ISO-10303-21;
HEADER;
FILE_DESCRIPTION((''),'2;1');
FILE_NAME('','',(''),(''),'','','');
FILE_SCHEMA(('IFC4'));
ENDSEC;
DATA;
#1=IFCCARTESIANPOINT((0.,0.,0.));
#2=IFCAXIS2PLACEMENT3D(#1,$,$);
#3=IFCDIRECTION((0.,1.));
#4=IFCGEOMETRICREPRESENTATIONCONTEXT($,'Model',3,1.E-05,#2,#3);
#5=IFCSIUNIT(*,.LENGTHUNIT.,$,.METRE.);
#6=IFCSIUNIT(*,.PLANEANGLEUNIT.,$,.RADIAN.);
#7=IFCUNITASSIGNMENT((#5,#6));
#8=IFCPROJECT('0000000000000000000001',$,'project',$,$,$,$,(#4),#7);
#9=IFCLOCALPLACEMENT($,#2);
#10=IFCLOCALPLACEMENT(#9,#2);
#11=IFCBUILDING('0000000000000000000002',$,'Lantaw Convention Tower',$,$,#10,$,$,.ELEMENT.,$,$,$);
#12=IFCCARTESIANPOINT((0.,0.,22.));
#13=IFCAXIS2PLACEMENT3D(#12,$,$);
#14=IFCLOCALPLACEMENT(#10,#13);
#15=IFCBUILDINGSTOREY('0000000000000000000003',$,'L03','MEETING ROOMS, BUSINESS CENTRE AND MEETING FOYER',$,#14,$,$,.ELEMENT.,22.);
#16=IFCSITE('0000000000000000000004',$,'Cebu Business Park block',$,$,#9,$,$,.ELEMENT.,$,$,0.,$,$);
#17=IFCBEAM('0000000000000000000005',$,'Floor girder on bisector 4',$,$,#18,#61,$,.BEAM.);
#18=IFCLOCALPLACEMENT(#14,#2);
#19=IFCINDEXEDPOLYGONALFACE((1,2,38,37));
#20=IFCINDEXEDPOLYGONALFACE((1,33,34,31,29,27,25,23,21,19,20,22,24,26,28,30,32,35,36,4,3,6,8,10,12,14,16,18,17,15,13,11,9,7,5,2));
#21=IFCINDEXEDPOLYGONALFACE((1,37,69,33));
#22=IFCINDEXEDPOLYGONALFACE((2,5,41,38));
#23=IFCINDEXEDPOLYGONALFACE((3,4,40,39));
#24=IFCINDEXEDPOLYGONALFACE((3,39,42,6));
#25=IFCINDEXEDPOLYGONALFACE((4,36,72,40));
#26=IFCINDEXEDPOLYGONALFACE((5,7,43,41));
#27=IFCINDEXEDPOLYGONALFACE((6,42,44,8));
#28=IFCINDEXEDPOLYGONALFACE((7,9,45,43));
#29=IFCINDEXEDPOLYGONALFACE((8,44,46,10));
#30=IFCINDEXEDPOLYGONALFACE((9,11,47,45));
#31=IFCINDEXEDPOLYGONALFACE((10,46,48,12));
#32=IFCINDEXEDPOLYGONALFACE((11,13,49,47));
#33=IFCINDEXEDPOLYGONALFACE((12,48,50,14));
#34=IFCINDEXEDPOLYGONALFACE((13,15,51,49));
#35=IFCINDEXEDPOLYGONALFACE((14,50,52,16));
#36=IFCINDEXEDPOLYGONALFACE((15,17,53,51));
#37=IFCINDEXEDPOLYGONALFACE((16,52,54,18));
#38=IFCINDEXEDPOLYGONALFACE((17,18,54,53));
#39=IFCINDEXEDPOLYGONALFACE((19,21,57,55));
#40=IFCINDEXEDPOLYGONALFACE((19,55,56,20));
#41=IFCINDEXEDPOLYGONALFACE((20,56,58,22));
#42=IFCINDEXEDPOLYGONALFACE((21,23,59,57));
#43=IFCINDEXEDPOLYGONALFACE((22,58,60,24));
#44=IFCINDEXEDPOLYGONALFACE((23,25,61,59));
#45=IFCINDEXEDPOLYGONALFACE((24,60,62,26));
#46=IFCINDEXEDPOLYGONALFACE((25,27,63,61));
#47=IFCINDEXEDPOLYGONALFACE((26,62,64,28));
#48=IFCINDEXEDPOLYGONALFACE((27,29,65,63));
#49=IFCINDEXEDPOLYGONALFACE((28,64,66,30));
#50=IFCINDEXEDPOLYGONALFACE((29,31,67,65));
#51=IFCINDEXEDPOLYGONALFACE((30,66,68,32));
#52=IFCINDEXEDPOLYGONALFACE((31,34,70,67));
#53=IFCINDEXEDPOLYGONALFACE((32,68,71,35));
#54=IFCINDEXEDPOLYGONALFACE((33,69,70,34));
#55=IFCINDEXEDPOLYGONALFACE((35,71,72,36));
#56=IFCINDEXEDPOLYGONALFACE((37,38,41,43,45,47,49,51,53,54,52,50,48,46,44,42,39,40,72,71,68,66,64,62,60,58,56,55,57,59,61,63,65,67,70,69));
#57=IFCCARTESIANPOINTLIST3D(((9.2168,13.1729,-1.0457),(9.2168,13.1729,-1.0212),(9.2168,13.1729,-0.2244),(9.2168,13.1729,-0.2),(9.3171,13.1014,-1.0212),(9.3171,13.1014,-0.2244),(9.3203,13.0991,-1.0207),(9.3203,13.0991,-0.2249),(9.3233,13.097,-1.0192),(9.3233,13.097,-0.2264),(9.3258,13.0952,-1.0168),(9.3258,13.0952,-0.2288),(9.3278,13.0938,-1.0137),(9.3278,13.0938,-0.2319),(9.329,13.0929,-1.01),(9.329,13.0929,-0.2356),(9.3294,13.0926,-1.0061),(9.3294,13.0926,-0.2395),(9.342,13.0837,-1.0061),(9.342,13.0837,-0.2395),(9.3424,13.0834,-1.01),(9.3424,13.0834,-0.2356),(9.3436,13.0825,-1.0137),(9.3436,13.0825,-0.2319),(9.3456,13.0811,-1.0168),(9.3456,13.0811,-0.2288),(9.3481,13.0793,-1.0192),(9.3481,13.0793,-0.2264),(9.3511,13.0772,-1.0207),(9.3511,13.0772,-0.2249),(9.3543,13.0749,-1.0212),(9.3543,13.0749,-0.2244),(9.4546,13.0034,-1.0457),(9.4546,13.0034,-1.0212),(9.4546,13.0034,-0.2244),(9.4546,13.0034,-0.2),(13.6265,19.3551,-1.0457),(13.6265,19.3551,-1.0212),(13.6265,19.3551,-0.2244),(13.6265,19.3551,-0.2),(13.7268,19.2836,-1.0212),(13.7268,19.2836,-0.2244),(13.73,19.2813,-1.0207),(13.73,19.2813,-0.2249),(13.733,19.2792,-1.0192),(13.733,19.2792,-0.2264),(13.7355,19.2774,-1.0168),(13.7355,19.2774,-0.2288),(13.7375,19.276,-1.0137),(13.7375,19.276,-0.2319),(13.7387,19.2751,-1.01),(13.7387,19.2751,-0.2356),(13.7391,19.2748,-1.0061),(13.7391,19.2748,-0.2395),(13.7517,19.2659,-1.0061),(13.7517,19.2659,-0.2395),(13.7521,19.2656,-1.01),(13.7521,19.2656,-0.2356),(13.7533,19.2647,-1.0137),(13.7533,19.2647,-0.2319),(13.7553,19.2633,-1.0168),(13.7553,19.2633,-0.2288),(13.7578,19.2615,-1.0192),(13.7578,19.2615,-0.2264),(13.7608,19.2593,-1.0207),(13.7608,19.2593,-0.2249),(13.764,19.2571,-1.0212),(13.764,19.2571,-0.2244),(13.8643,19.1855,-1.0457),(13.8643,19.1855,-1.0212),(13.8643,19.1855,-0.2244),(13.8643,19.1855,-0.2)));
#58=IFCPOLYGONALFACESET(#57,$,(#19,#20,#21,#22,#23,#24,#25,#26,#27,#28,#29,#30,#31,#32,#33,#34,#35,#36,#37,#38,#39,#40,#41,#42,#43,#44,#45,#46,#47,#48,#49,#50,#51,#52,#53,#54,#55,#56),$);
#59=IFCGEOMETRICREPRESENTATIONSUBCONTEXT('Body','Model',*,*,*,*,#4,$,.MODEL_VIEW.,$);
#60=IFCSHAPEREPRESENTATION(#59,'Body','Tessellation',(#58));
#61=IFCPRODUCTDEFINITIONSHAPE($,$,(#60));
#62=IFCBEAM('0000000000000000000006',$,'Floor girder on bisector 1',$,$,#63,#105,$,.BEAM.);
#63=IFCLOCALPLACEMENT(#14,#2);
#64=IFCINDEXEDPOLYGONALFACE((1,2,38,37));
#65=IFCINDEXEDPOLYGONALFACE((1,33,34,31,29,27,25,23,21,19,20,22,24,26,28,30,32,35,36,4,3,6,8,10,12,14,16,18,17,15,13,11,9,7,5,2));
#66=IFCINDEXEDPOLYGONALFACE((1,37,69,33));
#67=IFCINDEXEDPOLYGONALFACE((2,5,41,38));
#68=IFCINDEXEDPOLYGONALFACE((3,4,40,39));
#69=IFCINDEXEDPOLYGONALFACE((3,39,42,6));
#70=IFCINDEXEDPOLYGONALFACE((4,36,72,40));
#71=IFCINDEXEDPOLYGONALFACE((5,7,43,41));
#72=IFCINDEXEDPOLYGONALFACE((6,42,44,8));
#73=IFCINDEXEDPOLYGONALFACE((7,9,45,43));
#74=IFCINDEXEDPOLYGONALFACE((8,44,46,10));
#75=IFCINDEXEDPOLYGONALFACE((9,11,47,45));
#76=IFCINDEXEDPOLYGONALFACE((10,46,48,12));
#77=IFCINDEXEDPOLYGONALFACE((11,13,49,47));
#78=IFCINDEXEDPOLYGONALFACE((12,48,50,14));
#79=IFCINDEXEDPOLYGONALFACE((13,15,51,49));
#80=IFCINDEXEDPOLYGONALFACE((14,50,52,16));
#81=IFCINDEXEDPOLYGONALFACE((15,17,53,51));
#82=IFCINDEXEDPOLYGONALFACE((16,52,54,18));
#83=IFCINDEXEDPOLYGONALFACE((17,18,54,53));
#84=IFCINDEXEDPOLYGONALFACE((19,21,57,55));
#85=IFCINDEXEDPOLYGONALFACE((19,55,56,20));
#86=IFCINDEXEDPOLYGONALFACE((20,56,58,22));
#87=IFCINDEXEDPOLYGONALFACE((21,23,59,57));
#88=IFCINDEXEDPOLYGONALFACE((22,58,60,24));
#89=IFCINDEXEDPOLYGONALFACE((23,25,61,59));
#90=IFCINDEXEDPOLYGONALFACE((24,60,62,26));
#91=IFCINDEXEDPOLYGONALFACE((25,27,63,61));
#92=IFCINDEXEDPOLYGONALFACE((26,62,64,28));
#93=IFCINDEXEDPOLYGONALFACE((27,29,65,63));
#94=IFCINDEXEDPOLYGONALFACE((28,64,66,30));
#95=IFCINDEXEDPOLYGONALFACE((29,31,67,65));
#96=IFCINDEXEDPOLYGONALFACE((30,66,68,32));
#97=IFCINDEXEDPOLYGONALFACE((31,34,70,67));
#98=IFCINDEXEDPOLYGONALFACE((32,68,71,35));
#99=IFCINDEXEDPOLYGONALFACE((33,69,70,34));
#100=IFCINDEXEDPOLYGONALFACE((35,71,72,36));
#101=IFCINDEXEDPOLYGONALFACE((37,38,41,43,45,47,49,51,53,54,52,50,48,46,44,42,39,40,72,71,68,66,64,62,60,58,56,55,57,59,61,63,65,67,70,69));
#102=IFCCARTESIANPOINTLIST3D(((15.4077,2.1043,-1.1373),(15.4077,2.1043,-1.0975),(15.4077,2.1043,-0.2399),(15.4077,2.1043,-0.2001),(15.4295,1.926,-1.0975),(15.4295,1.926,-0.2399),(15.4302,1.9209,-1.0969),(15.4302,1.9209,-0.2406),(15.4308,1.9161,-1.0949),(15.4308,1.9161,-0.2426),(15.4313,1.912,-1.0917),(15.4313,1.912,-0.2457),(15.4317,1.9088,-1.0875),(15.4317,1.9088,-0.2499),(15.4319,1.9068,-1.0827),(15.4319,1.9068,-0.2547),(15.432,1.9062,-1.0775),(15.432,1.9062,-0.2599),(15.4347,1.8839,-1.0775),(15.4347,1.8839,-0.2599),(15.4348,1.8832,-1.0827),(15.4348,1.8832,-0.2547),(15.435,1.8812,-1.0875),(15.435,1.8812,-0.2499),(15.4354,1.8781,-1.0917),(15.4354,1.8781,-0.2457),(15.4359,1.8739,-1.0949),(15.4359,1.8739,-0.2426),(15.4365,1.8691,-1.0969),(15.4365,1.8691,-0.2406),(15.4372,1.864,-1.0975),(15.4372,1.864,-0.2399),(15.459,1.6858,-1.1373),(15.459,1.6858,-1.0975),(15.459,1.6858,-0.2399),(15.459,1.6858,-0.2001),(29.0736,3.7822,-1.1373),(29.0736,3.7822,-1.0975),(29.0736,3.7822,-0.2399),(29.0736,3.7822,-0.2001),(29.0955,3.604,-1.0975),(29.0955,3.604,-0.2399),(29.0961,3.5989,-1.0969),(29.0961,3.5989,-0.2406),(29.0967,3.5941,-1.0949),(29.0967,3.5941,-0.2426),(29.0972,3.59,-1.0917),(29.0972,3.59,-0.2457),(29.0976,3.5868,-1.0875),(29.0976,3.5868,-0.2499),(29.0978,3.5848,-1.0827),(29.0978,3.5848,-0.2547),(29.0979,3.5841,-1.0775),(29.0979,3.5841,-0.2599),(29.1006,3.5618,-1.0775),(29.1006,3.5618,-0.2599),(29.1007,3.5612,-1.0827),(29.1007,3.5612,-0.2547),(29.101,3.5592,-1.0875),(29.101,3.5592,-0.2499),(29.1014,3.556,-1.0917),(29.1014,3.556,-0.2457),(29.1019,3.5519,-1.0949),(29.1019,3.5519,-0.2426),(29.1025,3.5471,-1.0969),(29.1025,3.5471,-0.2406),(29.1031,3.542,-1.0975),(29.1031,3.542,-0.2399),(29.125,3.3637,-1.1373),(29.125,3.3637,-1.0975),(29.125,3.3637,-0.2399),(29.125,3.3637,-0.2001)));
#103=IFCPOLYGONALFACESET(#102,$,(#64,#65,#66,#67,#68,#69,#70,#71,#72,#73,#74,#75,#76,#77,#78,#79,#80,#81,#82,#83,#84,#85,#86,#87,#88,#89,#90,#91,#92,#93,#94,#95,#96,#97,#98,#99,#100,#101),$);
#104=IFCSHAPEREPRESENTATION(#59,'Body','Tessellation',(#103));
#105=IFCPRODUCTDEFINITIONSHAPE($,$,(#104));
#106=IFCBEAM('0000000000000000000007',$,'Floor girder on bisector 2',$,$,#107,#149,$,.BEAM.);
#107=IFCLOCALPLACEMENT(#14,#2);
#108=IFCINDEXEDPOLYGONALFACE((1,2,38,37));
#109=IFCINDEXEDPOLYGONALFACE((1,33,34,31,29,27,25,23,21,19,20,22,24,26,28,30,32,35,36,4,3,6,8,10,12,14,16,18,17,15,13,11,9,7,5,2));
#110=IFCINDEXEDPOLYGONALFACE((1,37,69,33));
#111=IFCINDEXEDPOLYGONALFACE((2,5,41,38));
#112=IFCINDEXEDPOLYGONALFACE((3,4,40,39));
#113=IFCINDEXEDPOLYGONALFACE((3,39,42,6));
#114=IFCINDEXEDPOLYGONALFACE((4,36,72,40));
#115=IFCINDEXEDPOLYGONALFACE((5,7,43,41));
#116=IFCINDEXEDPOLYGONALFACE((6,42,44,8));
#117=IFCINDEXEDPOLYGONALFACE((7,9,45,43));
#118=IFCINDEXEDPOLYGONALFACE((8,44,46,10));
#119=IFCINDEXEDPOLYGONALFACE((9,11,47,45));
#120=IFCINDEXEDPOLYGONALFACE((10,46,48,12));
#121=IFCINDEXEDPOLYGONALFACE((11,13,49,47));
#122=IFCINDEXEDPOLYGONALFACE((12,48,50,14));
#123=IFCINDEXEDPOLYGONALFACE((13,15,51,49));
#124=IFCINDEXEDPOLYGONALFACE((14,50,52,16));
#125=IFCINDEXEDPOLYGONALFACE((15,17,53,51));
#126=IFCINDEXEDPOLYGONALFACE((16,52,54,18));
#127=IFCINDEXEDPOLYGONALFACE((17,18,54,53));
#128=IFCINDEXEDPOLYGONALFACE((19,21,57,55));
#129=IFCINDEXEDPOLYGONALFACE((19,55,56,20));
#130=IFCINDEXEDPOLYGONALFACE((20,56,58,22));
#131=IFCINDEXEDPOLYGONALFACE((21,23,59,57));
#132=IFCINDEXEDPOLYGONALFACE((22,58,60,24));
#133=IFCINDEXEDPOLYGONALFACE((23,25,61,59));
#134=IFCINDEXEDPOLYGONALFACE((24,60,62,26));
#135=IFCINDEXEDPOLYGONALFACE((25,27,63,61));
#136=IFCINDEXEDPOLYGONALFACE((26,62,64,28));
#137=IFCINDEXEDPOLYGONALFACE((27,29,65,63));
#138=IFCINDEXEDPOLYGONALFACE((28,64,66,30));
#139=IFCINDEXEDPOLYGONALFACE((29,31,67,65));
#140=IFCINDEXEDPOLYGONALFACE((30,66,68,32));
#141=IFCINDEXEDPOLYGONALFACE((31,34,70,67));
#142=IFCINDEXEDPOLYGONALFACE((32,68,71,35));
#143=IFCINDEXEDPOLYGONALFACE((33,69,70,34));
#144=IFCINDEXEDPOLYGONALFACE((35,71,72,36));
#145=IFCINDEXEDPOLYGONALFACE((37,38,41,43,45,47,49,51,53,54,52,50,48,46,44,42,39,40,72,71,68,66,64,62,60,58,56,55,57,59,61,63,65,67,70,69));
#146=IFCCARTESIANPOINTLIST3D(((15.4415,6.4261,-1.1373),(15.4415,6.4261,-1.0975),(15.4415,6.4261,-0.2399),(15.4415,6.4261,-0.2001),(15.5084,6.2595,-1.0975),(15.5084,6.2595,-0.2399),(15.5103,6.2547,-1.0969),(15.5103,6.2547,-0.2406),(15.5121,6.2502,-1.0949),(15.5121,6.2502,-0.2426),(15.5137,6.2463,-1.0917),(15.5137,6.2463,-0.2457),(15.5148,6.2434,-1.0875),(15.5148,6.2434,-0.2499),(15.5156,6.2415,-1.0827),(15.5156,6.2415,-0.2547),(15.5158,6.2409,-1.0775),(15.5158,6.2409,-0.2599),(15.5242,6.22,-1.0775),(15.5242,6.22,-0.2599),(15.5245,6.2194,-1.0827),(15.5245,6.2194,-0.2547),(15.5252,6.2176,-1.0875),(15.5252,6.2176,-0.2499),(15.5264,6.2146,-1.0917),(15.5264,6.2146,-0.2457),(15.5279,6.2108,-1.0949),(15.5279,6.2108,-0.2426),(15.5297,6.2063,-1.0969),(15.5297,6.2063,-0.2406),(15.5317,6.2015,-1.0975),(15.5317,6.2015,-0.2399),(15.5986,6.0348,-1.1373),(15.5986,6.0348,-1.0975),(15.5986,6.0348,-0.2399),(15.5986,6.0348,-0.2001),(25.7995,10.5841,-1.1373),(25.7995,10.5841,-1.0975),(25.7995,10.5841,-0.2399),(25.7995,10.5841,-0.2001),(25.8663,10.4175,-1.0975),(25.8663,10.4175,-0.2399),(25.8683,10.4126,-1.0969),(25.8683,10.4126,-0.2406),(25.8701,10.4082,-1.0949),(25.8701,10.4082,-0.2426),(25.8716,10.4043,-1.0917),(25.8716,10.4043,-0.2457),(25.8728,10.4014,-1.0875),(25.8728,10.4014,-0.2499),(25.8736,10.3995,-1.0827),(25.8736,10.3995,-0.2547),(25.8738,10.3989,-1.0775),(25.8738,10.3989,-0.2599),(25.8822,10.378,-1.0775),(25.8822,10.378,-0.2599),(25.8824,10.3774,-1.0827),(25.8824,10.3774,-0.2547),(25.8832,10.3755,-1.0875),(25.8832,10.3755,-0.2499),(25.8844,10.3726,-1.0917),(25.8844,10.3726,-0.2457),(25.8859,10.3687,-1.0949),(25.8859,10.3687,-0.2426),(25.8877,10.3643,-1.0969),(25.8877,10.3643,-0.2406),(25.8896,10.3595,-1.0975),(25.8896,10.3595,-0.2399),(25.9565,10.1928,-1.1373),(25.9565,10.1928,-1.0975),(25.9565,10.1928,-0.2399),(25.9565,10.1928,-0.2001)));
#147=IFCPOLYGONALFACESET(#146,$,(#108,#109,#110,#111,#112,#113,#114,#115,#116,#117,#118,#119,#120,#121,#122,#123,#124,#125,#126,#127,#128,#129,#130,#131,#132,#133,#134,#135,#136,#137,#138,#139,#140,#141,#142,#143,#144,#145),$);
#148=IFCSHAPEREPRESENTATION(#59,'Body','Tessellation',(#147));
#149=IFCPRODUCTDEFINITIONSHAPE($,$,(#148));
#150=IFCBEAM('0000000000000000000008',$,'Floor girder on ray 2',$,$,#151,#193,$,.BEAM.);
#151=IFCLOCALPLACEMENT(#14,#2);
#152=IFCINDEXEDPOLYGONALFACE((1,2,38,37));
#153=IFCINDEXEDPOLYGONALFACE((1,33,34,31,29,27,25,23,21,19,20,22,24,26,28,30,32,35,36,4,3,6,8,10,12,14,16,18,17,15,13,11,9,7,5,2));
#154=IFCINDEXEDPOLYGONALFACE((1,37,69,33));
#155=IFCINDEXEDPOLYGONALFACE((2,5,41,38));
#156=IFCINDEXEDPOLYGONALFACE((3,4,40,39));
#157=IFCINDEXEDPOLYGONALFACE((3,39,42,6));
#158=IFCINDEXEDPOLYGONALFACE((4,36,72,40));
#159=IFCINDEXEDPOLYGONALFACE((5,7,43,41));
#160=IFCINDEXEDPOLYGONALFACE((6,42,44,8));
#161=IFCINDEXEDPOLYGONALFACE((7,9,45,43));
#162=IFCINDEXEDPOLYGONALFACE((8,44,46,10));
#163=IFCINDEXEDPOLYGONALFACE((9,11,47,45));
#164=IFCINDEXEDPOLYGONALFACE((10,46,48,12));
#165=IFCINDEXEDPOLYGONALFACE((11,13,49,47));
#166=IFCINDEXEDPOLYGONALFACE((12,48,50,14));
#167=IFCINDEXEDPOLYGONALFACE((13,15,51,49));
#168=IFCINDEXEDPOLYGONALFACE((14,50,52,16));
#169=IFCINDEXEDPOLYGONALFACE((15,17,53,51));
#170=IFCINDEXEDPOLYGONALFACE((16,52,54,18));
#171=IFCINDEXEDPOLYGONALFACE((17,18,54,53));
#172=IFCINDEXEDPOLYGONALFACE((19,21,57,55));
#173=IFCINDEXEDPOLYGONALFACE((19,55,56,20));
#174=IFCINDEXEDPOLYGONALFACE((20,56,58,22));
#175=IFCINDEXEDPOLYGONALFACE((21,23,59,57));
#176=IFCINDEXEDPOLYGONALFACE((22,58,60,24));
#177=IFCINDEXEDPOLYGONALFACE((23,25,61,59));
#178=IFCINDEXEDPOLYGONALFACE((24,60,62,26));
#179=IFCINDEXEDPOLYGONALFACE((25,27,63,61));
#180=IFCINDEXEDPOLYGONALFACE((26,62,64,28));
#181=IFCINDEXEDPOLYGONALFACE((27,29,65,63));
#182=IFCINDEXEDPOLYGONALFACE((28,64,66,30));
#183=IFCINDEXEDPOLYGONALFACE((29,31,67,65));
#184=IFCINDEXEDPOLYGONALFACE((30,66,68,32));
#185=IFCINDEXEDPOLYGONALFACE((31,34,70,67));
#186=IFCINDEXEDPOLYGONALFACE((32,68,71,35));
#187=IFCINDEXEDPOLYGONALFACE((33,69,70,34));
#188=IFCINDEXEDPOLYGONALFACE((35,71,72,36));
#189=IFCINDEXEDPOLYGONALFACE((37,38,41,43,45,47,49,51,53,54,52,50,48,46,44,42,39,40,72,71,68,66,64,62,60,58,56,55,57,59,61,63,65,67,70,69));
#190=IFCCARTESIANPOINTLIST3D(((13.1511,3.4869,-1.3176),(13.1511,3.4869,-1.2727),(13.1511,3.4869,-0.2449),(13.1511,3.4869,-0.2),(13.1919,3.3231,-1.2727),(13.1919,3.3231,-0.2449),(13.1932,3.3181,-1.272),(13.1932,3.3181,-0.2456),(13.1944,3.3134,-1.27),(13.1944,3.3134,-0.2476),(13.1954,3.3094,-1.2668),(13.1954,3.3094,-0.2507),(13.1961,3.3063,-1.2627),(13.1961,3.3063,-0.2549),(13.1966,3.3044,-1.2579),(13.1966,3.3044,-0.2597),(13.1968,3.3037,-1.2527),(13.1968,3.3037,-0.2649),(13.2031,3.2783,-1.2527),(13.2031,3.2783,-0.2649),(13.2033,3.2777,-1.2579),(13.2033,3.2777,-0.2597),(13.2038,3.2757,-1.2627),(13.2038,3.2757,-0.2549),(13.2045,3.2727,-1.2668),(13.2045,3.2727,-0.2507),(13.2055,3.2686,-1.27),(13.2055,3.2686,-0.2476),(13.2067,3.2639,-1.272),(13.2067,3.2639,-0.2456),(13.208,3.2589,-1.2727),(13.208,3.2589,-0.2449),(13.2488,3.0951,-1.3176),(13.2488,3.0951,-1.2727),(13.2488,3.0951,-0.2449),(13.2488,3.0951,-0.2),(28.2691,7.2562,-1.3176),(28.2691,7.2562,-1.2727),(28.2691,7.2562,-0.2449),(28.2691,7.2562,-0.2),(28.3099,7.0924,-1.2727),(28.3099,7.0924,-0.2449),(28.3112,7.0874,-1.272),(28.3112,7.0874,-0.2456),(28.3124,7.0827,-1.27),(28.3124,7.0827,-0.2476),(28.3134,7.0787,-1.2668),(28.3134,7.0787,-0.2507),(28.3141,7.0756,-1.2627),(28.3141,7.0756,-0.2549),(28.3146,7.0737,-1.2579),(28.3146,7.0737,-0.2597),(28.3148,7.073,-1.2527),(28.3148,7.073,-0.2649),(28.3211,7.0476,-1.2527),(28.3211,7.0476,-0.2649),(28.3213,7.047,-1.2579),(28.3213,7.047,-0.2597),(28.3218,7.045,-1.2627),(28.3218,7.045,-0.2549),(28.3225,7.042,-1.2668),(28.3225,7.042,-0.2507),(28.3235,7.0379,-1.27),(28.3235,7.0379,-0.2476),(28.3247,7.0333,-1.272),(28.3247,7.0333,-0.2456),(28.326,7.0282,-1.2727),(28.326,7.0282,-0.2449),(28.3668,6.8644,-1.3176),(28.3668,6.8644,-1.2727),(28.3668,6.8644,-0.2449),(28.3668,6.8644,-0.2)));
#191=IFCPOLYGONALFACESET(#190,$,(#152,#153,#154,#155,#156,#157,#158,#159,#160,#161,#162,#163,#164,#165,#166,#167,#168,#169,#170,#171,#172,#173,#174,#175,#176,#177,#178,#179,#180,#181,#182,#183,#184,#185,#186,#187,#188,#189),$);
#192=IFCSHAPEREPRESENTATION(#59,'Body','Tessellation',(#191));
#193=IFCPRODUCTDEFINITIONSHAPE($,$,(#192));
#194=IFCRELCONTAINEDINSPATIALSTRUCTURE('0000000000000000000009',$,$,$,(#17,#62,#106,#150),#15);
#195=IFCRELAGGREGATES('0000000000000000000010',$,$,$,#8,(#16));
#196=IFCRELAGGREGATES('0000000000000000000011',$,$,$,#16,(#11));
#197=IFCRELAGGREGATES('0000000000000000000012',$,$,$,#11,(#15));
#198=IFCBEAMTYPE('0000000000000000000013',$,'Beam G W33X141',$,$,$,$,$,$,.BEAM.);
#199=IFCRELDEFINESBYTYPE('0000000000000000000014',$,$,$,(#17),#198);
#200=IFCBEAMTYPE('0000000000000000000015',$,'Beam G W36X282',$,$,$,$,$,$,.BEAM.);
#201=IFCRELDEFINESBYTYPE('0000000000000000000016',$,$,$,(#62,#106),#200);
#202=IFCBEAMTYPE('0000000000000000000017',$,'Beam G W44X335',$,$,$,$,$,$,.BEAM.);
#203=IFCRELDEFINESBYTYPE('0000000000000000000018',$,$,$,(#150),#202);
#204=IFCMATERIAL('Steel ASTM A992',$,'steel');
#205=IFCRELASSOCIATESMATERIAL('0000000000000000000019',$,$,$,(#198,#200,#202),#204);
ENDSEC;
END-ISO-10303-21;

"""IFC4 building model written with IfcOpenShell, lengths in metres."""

from ifc_helpers import new_model, si_unit, direction, frame, origin, origin_2d, place, context, subcontext, project, spatial, i_section, extrude, material, material_profile, profile_set, type_object, element, save


model = new_model("IFC4")

# Units and contexts
model_context = context("Model", 3, precision=1e-05, world=origin(), true_north=direction((0.0, 1.0)))
body_context = subcontext(model_context, "Body", "Model", "MODEL_VIEW")
ifc_project = project(units=[si_unit("LENGTHUNIT", "METRE"), si_unit("PLANEANGLEUNIT", "RADIAN")], contexts=[model_context])

# Site, building, storey
site_placement = place(None, origin())
site = spatial("IfcSite", under=ifc_project, at=site_placement, Name="Cebu Business Park block", CompositionType="ELEMENT", RefElevation=0.0)
building_placement = place(site_placement, origin())
building = spatial("IfcBuilding", under=site, at=building_placement, Name="Lantaw Convention Tower", CompositionType="ELEMENT")
storey_placement = place(building_placement, frame((0.0, 0.0, 22.0)))
storey = spatial("IfcBuildingStorey", under=building, at=storey_placement, Name="L03", Description="MEETING ROOMS, BUSINESS CENTRE AND MEETING FOYER", CompositionType="ELEMENT", Elevation=22.0)

# Beams
ifc_material_1 = material(Name="Steel ASTM A992", Category="steel")
ifc_material_profile_1 = material_profile(ifc_material_1, i_section(OverallWidth=0.292, OverallDepth=0.8457, WebThickness=0.0154, FlangeThickness=0.0244, FilletRadius=0.0151, at=origin_2d()), Name="W33X141")
ifc_profile_set_1 = profile_set([ifc_material_profile_1], Name="Steel ASTM A992")
beam_type_1 = type_object("IfcBeamType", Name="Beam G W33X141", PredefinedType="BEAM", material=ifc_profile_set_1)
beam_1_placement = place(storey_placement, frame((9.3357, 13.0881, -0.6228), z_axis=(0.580703, 0.814116, 0.0), x_axis=(-0.814116, 0.580703, 0.0)))
element("IfcBeam", 1, at=beam_1_placement, inside=storey, type_object=beam_type_1, Name="Floor girder on bisector 4", PredefinedType="BEAM", context=body_context, shape_type="SweptSolid", body=[
    extrude(i_section(OverallWidth=0.292, OverallDepth=0.8457, WebThickness=0.0154, FlangeThickness=0.0244, FilletRadius=0.0151, at=origin_2d()), origin(), (0.0, 0.0, 1.0), 7.5938),
])
ifc_material_profile_2 = material_profile(ifc_material_1, i_section(OverallWidth=0.4216, OverallDepth=0.9373, WebThickness=0.0225, FlangeThickness=0.0398, FilletRadius=0.02, at=origin_2d()), Name="W36X282")
ifc_profile_set_2 = profile_set([ifc_material_profile_2], Name="Steel ASTM A992")
beam_type_2 = type_object("IfcBeamType", Name="Beam G W36X282", PredefinedType="BEAM", material=ifc_profile_set_2)
beam_2_placement = place(storey_placement, frame((15.4333, 1.895, -0.6687), z_axis=(0.992546, 0.12187, 0.0), x_axis=(-0.12187, 0.992546, 0.0)))
element("IfcBeam", 2, at=beam_2_placement, inside=storey, type_object=beam_type_2, Name="Floor girder on bisector 1", PredefinedType="BEAM", context=body_context, shape_type="SweptSolid", body=[
    extrude(i_section(OverallWidth=0.4216, OverallDepth=0.9373, WebThickness=0.0225, FlangeThickness=0.0398, FilletRadius=0.02, at=origin_2d()), origin(), (0.0, 0.0, 1.0), 13.7686),
])
beam_3_placement = place(storey_placement, frame((15.52, 6.2305, -0.6687), z_axis=(0.928019, 0.372533, 0.0), x_axis=(-0.372533, 0.928019, 0.0)))
element("IfcBeam", 3, at=beam_3_placement, inside=storey, type_object=beam_type_2, Name="Floor girder on bisector 2", PredefinedType="BEAM", context=body_context, shape_type="SweptSolid", body=[
    extrude(i_section(OverallWidth=0.4216, OverallDepth=0.9373, WebThickness=0.0225, FlangeThickness=0.0398, FilletRadius=0.02, at=origin_2d()), origin(), (0.0, 0.0, 1.0), 11.1614),
])
ifc_material_profile_3 = material_profile(ifc_material_1, i_section(OverallWidth=0.4038, OverallDepth=1.1177, WebThickness=0.0261, FlangeThickness=0.0449, FilletRadius=0.02, at=origin_2d()), Name="W44X335")
ifc_profile_set_3 = profile_set([ifc_material_profile_3], Name="Steel ASTM A992")
beam_type_3 = type_object("IfcBeamType", Name="Beam G W44X335", PredefinedType="BEAM", material=ifc_profile_set_3)
beam_4_placement = place(storey_placement, frame((13.2, 3.291, -0.7588), z_axis=(0.970296, 0.24192, 0.0), x_axis=(-0.24192, 0.970296, 0.0)))
element("IfcBeam", 4, at=beam_4_placement, inside=storey, type_object=beam_type_3, Name="Floor girder on ray 2", PredefinedType="BEAM", context=body_context, shape_type="SweptSolid", body=[
    extrude(i_section(OverallWidth=0.4038, OverallDepth=1.1177, WebThickness=0.0261, FlangeThickness=0.0449, FilletRadius=0.02, at=origin_2d()), origin(), (0.0, 0.0, 1.0), 15.5808),
])

save(model, "model.ifc")
